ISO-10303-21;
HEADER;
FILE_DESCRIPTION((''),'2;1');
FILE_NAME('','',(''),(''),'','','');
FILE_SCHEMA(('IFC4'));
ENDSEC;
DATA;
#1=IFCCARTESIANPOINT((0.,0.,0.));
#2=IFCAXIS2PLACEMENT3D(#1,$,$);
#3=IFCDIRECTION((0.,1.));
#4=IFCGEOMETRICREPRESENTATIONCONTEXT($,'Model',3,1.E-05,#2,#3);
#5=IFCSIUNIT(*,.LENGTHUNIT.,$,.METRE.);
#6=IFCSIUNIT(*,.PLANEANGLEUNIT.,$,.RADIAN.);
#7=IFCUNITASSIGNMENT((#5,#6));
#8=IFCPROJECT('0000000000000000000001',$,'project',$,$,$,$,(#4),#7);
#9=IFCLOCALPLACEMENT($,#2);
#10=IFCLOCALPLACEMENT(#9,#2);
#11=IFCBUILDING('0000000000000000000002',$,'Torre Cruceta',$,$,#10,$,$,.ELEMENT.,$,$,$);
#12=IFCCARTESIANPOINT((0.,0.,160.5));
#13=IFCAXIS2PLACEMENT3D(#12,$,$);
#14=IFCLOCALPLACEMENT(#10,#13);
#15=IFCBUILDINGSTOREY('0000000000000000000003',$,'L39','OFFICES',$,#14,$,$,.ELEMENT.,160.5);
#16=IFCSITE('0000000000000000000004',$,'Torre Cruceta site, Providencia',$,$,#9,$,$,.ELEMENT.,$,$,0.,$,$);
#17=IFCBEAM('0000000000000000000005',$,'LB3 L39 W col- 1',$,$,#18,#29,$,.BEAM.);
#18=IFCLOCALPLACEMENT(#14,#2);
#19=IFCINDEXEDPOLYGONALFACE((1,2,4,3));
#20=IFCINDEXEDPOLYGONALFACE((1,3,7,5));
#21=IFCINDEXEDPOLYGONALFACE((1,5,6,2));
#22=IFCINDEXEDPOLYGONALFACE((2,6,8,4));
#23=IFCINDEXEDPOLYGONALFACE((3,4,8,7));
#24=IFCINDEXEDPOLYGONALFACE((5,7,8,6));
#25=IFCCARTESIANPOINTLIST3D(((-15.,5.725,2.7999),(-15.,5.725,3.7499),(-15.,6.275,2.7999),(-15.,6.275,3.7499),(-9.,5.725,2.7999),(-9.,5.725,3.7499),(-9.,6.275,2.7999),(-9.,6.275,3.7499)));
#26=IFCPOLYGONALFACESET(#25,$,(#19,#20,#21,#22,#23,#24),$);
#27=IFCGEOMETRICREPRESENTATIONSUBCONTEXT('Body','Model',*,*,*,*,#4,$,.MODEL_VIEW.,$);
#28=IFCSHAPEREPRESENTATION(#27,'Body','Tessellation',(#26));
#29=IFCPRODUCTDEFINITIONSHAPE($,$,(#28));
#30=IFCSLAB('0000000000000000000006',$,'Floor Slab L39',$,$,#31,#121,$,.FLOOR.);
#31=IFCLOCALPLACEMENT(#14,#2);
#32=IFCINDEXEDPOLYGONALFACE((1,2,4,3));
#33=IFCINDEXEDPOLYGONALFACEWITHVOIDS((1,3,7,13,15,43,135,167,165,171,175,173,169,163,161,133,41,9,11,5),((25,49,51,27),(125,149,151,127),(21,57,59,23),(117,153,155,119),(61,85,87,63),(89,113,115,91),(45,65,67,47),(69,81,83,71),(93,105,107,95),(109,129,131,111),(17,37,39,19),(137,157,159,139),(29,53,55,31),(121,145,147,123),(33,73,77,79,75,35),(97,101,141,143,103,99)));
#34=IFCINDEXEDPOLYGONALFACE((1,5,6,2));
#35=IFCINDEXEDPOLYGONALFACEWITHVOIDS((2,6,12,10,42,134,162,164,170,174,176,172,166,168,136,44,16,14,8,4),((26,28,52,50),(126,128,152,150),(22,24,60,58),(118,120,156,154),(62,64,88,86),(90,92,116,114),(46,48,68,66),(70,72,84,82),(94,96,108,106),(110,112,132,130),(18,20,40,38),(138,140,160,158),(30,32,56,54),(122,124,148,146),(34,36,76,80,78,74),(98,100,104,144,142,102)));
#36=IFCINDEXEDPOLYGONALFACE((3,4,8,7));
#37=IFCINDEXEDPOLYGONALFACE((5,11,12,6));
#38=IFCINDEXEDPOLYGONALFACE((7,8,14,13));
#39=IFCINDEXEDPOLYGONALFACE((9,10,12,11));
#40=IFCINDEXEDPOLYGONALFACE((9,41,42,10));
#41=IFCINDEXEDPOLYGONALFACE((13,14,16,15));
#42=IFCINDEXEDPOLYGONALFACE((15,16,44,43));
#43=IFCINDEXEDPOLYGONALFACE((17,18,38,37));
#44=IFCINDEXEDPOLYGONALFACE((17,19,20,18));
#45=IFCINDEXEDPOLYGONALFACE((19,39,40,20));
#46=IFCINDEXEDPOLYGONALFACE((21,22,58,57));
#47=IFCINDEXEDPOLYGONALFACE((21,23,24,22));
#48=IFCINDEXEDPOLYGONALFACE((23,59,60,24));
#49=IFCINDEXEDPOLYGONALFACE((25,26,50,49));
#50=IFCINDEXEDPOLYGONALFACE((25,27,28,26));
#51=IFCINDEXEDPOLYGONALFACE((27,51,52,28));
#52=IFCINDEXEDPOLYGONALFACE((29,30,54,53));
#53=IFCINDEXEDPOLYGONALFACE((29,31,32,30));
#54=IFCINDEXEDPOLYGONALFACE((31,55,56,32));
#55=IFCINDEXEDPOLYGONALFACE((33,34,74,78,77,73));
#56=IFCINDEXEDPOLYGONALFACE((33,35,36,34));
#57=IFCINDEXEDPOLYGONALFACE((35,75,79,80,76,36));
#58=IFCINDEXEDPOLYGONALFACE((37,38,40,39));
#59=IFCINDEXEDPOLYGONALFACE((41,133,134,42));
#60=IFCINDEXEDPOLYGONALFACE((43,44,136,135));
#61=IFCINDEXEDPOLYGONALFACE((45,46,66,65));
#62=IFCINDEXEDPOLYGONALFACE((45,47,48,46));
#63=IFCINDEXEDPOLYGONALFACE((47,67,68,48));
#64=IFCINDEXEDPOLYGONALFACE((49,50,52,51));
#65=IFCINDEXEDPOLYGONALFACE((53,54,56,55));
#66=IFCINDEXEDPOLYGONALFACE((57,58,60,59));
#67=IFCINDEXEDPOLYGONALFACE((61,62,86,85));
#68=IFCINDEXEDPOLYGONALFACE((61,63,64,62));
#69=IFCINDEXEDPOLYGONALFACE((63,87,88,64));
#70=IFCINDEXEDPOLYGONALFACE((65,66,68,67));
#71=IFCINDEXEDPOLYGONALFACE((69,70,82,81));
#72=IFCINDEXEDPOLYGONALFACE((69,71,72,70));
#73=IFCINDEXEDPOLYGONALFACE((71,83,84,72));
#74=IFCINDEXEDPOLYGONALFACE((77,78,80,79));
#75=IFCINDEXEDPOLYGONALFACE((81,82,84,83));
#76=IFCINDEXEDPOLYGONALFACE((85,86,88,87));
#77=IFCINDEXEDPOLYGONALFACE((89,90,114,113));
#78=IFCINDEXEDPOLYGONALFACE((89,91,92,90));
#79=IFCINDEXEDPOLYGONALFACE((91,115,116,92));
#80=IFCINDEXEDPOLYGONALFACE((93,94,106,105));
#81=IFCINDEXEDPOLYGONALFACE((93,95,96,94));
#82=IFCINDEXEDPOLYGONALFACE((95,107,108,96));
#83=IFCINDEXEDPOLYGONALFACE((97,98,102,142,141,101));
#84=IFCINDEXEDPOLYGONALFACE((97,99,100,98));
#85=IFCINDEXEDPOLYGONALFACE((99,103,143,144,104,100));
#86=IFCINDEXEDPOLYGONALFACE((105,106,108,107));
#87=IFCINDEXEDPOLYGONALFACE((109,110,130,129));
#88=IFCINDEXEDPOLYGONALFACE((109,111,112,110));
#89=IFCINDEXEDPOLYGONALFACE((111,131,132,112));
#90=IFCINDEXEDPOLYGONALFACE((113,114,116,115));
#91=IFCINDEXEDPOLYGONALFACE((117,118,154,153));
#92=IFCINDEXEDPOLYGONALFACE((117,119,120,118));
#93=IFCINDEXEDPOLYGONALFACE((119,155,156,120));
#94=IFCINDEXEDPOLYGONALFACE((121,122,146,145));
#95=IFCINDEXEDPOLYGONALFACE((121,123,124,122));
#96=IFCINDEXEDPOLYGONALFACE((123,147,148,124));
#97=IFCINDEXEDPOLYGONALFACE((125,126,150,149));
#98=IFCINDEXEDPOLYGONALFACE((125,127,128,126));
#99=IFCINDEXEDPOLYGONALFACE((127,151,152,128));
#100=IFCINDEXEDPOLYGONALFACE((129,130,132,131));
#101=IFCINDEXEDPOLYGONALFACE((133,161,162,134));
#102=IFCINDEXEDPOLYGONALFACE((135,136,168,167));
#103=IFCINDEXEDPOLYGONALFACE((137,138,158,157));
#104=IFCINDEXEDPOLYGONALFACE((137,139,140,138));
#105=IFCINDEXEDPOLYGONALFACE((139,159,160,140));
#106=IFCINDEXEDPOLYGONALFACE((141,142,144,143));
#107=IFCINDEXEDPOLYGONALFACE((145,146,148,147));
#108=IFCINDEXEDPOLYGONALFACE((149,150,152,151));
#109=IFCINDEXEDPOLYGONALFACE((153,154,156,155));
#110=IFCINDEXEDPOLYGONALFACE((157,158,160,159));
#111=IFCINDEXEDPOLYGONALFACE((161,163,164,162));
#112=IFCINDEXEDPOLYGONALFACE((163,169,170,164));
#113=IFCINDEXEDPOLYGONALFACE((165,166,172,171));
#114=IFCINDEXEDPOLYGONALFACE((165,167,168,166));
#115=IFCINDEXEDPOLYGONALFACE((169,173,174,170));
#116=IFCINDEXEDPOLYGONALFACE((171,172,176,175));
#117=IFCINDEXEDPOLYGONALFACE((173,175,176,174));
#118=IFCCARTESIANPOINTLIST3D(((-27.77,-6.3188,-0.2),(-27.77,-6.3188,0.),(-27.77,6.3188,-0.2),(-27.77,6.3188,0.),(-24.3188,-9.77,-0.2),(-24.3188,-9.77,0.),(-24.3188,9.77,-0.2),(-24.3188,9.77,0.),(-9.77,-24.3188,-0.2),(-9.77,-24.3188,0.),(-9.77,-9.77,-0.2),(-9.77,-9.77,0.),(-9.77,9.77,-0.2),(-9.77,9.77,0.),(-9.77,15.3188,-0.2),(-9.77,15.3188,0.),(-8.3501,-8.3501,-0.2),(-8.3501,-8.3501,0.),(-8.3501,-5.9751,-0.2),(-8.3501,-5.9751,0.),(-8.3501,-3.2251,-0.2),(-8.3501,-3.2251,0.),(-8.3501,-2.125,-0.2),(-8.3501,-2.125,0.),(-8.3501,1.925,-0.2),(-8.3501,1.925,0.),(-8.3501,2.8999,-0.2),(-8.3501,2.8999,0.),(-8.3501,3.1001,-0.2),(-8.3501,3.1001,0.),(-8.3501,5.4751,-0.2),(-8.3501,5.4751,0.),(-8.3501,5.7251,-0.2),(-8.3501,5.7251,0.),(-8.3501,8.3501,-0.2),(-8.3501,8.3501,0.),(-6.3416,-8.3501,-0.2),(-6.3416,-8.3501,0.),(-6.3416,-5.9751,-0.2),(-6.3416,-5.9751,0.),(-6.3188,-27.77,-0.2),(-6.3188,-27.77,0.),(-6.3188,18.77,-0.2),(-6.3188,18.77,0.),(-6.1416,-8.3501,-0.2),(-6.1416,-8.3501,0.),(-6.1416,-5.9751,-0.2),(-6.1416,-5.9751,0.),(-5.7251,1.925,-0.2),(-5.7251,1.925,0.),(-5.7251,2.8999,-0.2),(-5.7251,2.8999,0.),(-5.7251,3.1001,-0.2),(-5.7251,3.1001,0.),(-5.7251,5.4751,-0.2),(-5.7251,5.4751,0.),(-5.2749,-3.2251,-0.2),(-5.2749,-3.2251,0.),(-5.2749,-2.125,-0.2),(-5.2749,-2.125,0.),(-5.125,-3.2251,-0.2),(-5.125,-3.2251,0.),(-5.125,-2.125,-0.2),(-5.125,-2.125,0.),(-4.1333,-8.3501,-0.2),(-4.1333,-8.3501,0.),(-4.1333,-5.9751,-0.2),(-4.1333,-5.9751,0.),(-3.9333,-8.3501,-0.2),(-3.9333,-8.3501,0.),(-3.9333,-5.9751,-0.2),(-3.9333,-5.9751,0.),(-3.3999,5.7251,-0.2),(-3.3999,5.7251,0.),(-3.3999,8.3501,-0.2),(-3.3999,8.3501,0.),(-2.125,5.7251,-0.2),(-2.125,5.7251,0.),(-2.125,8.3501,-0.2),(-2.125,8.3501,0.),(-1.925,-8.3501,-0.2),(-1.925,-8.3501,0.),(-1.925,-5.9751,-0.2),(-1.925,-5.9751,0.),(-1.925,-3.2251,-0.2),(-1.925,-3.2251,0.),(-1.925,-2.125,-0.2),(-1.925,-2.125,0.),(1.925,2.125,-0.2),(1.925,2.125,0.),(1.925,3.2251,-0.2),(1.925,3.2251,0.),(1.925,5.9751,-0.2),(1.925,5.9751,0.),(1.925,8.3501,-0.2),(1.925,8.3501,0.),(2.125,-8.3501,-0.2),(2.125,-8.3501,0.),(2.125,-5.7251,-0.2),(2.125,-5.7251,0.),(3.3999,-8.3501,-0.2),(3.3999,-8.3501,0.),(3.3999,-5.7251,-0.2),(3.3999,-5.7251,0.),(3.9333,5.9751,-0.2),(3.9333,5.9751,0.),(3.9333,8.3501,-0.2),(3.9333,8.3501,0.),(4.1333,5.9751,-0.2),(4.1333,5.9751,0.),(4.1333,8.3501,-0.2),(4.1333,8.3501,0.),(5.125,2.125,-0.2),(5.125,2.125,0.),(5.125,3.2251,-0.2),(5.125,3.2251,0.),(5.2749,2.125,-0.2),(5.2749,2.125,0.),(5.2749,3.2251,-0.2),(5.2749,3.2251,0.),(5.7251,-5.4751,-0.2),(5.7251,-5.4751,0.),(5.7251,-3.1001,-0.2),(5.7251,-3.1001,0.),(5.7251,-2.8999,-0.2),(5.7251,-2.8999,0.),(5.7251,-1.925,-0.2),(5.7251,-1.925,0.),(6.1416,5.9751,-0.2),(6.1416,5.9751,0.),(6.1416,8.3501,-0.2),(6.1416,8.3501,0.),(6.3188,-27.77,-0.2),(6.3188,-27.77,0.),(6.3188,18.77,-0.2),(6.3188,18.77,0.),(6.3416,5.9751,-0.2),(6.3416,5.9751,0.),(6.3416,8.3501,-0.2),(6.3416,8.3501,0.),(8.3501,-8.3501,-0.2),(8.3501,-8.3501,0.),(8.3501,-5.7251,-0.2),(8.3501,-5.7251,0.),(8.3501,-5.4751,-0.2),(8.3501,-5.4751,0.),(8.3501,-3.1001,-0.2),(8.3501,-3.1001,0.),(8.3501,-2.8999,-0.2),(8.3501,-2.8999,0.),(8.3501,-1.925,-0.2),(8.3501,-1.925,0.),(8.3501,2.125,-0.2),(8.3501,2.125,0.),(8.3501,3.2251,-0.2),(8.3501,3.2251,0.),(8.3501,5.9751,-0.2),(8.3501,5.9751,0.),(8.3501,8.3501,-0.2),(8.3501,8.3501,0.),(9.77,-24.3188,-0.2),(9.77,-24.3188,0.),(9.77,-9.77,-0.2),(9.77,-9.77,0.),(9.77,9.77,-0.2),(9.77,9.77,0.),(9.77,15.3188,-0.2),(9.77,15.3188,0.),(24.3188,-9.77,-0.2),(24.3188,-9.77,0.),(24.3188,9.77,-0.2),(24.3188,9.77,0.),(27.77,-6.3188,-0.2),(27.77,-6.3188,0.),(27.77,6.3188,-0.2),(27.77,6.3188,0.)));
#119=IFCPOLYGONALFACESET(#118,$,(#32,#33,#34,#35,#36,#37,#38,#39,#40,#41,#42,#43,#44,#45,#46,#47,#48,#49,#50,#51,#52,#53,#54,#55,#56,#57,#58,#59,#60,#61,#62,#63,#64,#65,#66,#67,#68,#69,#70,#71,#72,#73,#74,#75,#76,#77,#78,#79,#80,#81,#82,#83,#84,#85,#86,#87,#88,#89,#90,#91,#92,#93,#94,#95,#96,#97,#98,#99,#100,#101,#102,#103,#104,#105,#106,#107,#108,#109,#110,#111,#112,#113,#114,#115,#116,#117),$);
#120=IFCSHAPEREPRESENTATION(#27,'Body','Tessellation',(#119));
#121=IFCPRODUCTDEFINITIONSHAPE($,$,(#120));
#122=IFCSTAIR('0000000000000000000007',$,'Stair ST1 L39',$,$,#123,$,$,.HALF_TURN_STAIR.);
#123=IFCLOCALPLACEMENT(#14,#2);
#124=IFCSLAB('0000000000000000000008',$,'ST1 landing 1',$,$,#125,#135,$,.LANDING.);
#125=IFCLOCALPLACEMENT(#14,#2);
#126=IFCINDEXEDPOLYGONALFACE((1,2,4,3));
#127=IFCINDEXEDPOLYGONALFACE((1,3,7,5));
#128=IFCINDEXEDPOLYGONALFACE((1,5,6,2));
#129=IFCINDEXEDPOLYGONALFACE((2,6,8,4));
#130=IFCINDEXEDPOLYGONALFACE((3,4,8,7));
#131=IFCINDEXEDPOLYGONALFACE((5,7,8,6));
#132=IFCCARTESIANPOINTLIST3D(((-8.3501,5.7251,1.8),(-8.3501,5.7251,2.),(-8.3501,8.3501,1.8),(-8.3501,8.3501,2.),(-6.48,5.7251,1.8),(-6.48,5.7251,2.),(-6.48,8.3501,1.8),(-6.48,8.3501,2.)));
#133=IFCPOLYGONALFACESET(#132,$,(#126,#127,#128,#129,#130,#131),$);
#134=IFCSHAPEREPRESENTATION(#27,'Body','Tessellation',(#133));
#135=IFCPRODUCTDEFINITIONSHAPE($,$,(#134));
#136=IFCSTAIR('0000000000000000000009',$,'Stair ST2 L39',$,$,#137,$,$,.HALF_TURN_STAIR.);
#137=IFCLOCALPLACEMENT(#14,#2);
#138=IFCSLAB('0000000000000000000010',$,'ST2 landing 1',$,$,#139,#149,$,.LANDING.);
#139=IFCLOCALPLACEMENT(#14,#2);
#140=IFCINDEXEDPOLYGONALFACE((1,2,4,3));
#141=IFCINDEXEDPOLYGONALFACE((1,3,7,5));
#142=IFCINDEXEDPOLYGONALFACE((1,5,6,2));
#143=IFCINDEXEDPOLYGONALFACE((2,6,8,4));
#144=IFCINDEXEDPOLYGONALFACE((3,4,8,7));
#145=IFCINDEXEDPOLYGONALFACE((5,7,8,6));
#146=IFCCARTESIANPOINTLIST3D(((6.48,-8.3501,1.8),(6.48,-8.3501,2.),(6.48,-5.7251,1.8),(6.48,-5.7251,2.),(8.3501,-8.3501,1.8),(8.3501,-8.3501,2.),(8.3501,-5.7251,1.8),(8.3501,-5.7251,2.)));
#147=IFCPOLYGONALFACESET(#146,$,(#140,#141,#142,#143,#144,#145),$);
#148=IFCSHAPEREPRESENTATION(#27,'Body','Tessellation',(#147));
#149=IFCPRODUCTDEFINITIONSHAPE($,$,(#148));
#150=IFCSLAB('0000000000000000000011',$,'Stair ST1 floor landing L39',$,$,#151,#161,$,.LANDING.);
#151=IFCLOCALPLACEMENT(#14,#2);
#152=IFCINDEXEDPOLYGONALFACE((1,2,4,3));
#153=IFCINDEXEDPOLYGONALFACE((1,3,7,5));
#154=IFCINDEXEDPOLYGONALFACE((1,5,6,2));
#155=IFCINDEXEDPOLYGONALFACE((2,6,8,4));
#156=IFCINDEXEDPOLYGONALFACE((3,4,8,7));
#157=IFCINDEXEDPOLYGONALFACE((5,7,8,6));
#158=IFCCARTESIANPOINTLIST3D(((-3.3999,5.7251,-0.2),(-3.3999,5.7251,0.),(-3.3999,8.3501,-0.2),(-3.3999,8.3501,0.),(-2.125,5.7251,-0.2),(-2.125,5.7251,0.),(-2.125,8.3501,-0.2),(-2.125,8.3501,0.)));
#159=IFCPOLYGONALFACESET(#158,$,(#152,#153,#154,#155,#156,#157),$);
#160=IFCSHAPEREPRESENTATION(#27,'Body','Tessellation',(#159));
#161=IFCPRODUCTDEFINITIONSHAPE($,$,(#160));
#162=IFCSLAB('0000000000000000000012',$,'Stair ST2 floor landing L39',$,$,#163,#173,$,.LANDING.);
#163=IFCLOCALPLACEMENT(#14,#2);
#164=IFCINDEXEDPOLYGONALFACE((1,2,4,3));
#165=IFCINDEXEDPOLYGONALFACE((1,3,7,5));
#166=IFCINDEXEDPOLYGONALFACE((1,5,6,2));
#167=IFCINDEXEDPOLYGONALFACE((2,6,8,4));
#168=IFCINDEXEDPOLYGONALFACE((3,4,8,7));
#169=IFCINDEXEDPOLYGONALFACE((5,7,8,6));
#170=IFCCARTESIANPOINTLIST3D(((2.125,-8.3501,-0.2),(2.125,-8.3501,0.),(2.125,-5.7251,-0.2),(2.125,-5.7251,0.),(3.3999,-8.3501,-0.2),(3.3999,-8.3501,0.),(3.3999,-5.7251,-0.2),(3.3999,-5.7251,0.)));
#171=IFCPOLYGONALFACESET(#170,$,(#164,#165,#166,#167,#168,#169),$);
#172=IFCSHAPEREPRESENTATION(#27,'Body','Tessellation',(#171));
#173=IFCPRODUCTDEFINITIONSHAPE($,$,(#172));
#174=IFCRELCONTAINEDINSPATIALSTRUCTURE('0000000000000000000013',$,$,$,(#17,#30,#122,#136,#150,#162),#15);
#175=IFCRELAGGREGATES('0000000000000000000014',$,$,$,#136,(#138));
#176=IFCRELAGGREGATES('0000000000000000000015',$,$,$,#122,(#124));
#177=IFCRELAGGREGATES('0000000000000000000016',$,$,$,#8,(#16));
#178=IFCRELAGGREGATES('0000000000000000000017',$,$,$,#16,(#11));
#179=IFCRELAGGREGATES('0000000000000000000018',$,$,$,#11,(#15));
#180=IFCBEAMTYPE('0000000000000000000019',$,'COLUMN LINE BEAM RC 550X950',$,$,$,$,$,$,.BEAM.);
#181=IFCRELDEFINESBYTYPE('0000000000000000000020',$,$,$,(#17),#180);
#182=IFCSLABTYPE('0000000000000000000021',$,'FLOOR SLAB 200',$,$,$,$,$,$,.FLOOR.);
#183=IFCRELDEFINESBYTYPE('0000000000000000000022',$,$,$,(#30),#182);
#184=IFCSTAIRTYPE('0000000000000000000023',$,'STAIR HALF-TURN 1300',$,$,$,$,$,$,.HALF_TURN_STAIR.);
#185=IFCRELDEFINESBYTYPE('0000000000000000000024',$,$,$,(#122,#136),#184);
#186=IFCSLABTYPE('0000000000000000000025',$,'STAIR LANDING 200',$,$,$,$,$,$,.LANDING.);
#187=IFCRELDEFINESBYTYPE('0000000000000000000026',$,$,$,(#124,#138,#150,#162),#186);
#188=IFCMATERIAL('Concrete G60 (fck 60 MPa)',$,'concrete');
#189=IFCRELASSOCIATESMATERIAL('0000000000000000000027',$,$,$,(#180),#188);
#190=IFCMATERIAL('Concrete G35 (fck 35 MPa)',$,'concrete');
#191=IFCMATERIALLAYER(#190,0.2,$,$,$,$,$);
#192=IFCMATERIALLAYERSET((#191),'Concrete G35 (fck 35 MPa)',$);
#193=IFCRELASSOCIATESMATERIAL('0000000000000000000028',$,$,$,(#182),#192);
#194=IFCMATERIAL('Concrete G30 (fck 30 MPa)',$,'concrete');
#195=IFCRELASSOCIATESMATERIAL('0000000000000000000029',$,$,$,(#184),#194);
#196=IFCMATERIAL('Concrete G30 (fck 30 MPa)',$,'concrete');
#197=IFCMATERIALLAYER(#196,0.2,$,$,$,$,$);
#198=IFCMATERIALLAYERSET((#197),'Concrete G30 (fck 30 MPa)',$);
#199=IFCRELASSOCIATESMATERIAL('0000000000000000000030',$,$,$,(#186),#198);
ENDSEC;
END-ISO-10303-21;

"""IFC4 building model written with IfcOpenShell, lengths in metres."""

from ifc_helpers import new_model, si_unit, direction, frame, origin, origin_2d, place, context, subcontext, project, spatial, polyline, rectangle, outline, extrude, material, layer, layer_set, material_profile, profile_set, type_object, element, aggregate, save


model = new_model("IFC4")

# Units and contexts
model_context = context("Model", 3, precision=1e-05, world=origin(), true_north=direction((0.0, 1.0)))
body_context = subcontext(model_context, "Body", "Model", "MODEL_VIEW")
ifc_project = project(units=[si_unit("LENGTHUNIT", "METRE"), si_unit("PLANEANGLEUNIT", "RADIAN")], contexts=[model_context])

# Site, building, storey
site_placement = place(None, origin())
site = spatial("IfcSite", under=ifc_project, at=site_placement, Name="Torre Cruceta site, Providencia", CompositionType="ELEMENT", RefElevation=0.0)
building_placement = place(site_placement, origin())
building = spatial("IfcBuilding", under=site, at=building_placement, Name="Torre Cruceta", CompositionType="ELEMENT")
storey_placement = place(building_placement, frame((0.0, 0.0, 160.5)))
storey = spatial("IfcBuildingStorey", under=building, at=storey_placement, Name="L39", Description="OFFICES", CompositionType="ELEMENT", Elevation=160.5)

# Beam
ifc_material_1 = material(Name="Concrete G60 (fck 60 MPa)", Category="concrete")
ifc_material_profile = material_profile(ifc_material_1, rectangle(XDim=0.55, YDim=0.95, at=origin_2d()), Name="RC 550X950")
ifc_profile_set = profile_set([ifc_material_profile], Name="Concrete G60 (fck 60 MPa)")
beam_type = type_object("IfcBeamType", Name="COLUMN LINE BEAM RC 550X950", PredefinedType="BEAM", material=ifc_profile_set)
beam_placement = place(storey_placement, frame((-9.0, 6.0, 3.2749), z_axis=(-1.0, 0.0, 0.0), x_axis=(0.0, -1.0, 0.0)))
element("IfcBeam", 1, at=beam_placement, inside=storey, type_object=beam_type, Name="LB3 L39 W col- 1", PredefinedType="BEAM", context=body_context, shape_type="SweptSolid", body=[
    extrude(rectangle(XDim=0.55, YDim=0.95, at=origin_2d()), origin(), (0.0, 0.0, 1.0), 6.0),
])

# Slab
ifc_material_2 = material(Name="Concrete G35 (fck 35 MPa)", Category="concrete")
ifc_layer_1 = layer(ifc_material_2, 0.2)
ifc_layer_set_1 = layer_set([ifc_layer_1], Name="Concrete G35 (fck 35 MPa)")
slab_type_1 = type_object("IfcSlabType", Name="FLOOR SLAB 200", PredefinedType="FLOOR", material=ifc_layer_set_1)
slab_1_placement = place(storey_placement, frame((0.0, 0.0, -0.2)))
element("IfcSlab", 2, at=slab_1_placement, inside=storey, type_object=slab_type_1, Name="Floor Slab L39", PredefinedType="FLOOR", context=body_context, shape_type="SweptSolid", body=[
    extrude(outline(polyline([(9.77, -9.77), (9.77, -24.3188), (6.3188, -27.77), (-6.3188, -27.77), (-9.77, -24.3188), (-9.77, -9.77), (-24.3188, -9.77), (-27.77, -6.3188), (-27.77, 6.3188), (-24.3188, 9.77), (-9.77, 9.77), (-9.77, 15.3188), (-6.3188, 18.77), (6.3188, 18.77), (9.77, 15.3188), (9.77, 9.77), (24.3188, 9.77), (27.77, 6.3188), (27.77, -6.3188), (24.3188, -9.77), (9.77, -9.77)]), holes=[polyline([(1.925, 5.9751), (3.9333, 5.9751), (3.9333, 8.3501), (1.925, 8.3501), (1.925, 5.9751)]), polyline([(4.1333, 5.9751), (6.1416, 5.9751), (6.1416, 8.3501), (4.1333, 8.3501), (4.1333, 5.9751)]), polyline([(6.3416, 5.9751), (8.3501, 5.9751), (8.3501, 8.3501), (6.3416, 8.3501), (6.3416, 5.9751)]), polyline([(1.925, 2.125), (5.125, 2.125), (5.125, 3.2251), (1.925, 3.2251), (1.925, 2.125)]), polyline([(5.2749, 2.125), (8.3501, 2.125), (8.3501, 3.2251), (5.2749, 3.2251), (5.2749, 2.125)]), polyline([(-8.3501, 3.1001), (-5.7251, 3.1001), (-5.7251, 5.4751), (-8.3501, 5.4751), (-8.3501, 3.1001)]), polyline([(-8.3501, 1.925), (-5.7251, 1.925), (-5.7251, 2.8999), (-8.3501, 2.8999), (-8.3501, 1.925)]), polyline([(-3.9333, -8.3501), (-1.925, -8.3501), (-1.925, -5.9751), (-3.9333, -5.9751), (-3.9333, -8.3501)]), polyline([(-6.1416, -8.3501), (-4.1333, -8.3501), (-4.1333, -5.9751), (-6.1416, -5.9751), (-6.1416, -8.3501)]), polyline([(-8.3501, -8.3501), (-6.3416, -8.3501), (-6.3416, -5.9751), (-8.3501, -5.9751), (-8.3501, -8.3501)]), polyline([(-5.125, -3.2251), (-1.925, -3.2251), (-1.925, -2.125), (-5.125, -2.125), (-5.125, -3.2251)]), polyline([(-8.3501, -3.2251), (-5.2749, -3.2251), (-5.2749, -2.125), (-8.3501, -2.125), (-8.3501, -3.2251)]), polyline([(5.7251, -5.4751), (8.3501, -5.4751), (8.3501, -3.1001), (5.7251, -3.1001), (5.7251, -5.4751)]), polyline([(5.7251, -2.8999), (8.3501, -2.8999), (8.3501, -1.925), (5.7251, -1.925), (5.7251, -2.8999)]), polyline([(-8.3501, 5.7251), (-8.3501, 8.3501), (-3.3999, 8.3501), (-2.125, 8.3501), (-2.125, 5.7251), (-3.3999, 5.7251), (-8.3501, 5.7251)]), polyline([(2.125, -5.7251), (3.3999, -5.7251), (8.3501, -5.7251), (8.3501, -8.3501), (3.3999, -8.3501), (2.125, -8.3501), (2.125, -5.7251)])]), origin(), (0.0, 0.0, 1.0), 0.2),
])

# Stairs, slabs
ifc_material_3 = material(Name="Concrete G30 (fck 30 MPa)", Category="concrete")
stair_type = type_object("IfcStairType", Name="STAIR HALF-TURN 1300", PredefinedType="HALF_TURN_STAIR", material=ifc_material_3)
stair_1_placement = place(storey_placement, origin())
stair_1 = element("IfcStair", 3, at=stair_1_placement, inside=storey, type_object=stair_type, Name="Stair ST1 L39", PredefinedType="HALF_TURN_STAIR")
ifc_material_4 = material(Name="Concrete G30 (fck 30 MPa)", Category="concrete")
ifc_layer_2 = layer(ifc_material_4, 0.2)
ifc_layer_set_2 = layer_set([ifc_layer_2], Name="Concrete G30 (fck 30 MPa)")
slab_type_2 = type_object("IfcSlabType", Name="STAIR LANDING 200", PredefinedType="LANDING", material=ifc_layer_set_2)
slab_2_placement = place(storey_placement, frame((0.0, 0.0, 1.8)))
slab_2 = element("IfcSlab", 4, at=slab_2_placement, type_object=slab_type_2, Name="ST1 landing 1", PredefinedType="LANDING", context=body_context, shape_type="SweptSolid", body=[
    extrude(outline(polyline([(-8.3501, 5.7251), (-6.48, 5.7251), (-6.48, 8.3501), (-8.3501, 8.3501), (-8.3501, 5.7251)])), origin(), (0.0, 0.0, 1.0), 0.2),
])
stair_2_placement = place(storey_placement, origin())
stair_2 = element("IfcStair", 5, at=stair_2_placement, inside=storey, type_object=stair_type, Name="Stair ST2 L39", PredefinedType="HALF_TURN_STAIR")
slab_3_placement = place(storey_placement, frame((0.0, 0.0, 1.8)))
slab_3 = element("IfcSlab", 6, at=slab_3_placement, type_object=slab_type_2, Name="ST2 landing 1", PredefinedType="LANDING", context=body_context, shape_type="SweptSolid", body=[
    extrude(outline(polyline([(6.48, -8.3501), (8.3501, -8.3501), (8.3501, -5.7251), (6.48, -5.7251), (6.48, -8.3501)])), origin(), (0.0, 0.0, 1.0), 0.2),
])
aggregate(stair_2, [slab_3])

# Slabs
slab_4_placement = place(storey_placement, frame((0.0, 0.0, -0.2)))
element("IfcSlab", 7, at=slab_4_placement, inside=storey, type_object=slab_type_2, Name="Stair ST1 floor landing L39", PredefinedType="LANDING", context=body_context, shape_type="SweptSolid", body=[
    extrude(outline(polyline([(-2.125, 8.3501), (-2.125, 5.7251), (-3.3999, 5.7251), (-3.3999, 8.3501), (-2.125, 8.3501)])), origin(), (0.0, 0.0, 1.0), 0.2),
])
slab_5_placement = place(storey_placement, frame((0.0, 0.0, -0.2)))
element("IfcSlab", 8, at=slab_5_placement, inside=storey, type_object=slab_type_2, Name="Stair ST2 floor landing L39", PredefinedType="LANDING", context=body_context, shape_type="SweptSolid", body=[
    extrude(outline(polyline([(2.125, -8.3501), (2.125, -5.7251), (3.3999, -5.7251), (3.3999, -8.3501), (2.125, -8.3501)])), origin(), (0.0, 0.0, 1.0), 0.2),
])

aggregate(stair_1, [slab_2])

save(model, "model.ifc")
